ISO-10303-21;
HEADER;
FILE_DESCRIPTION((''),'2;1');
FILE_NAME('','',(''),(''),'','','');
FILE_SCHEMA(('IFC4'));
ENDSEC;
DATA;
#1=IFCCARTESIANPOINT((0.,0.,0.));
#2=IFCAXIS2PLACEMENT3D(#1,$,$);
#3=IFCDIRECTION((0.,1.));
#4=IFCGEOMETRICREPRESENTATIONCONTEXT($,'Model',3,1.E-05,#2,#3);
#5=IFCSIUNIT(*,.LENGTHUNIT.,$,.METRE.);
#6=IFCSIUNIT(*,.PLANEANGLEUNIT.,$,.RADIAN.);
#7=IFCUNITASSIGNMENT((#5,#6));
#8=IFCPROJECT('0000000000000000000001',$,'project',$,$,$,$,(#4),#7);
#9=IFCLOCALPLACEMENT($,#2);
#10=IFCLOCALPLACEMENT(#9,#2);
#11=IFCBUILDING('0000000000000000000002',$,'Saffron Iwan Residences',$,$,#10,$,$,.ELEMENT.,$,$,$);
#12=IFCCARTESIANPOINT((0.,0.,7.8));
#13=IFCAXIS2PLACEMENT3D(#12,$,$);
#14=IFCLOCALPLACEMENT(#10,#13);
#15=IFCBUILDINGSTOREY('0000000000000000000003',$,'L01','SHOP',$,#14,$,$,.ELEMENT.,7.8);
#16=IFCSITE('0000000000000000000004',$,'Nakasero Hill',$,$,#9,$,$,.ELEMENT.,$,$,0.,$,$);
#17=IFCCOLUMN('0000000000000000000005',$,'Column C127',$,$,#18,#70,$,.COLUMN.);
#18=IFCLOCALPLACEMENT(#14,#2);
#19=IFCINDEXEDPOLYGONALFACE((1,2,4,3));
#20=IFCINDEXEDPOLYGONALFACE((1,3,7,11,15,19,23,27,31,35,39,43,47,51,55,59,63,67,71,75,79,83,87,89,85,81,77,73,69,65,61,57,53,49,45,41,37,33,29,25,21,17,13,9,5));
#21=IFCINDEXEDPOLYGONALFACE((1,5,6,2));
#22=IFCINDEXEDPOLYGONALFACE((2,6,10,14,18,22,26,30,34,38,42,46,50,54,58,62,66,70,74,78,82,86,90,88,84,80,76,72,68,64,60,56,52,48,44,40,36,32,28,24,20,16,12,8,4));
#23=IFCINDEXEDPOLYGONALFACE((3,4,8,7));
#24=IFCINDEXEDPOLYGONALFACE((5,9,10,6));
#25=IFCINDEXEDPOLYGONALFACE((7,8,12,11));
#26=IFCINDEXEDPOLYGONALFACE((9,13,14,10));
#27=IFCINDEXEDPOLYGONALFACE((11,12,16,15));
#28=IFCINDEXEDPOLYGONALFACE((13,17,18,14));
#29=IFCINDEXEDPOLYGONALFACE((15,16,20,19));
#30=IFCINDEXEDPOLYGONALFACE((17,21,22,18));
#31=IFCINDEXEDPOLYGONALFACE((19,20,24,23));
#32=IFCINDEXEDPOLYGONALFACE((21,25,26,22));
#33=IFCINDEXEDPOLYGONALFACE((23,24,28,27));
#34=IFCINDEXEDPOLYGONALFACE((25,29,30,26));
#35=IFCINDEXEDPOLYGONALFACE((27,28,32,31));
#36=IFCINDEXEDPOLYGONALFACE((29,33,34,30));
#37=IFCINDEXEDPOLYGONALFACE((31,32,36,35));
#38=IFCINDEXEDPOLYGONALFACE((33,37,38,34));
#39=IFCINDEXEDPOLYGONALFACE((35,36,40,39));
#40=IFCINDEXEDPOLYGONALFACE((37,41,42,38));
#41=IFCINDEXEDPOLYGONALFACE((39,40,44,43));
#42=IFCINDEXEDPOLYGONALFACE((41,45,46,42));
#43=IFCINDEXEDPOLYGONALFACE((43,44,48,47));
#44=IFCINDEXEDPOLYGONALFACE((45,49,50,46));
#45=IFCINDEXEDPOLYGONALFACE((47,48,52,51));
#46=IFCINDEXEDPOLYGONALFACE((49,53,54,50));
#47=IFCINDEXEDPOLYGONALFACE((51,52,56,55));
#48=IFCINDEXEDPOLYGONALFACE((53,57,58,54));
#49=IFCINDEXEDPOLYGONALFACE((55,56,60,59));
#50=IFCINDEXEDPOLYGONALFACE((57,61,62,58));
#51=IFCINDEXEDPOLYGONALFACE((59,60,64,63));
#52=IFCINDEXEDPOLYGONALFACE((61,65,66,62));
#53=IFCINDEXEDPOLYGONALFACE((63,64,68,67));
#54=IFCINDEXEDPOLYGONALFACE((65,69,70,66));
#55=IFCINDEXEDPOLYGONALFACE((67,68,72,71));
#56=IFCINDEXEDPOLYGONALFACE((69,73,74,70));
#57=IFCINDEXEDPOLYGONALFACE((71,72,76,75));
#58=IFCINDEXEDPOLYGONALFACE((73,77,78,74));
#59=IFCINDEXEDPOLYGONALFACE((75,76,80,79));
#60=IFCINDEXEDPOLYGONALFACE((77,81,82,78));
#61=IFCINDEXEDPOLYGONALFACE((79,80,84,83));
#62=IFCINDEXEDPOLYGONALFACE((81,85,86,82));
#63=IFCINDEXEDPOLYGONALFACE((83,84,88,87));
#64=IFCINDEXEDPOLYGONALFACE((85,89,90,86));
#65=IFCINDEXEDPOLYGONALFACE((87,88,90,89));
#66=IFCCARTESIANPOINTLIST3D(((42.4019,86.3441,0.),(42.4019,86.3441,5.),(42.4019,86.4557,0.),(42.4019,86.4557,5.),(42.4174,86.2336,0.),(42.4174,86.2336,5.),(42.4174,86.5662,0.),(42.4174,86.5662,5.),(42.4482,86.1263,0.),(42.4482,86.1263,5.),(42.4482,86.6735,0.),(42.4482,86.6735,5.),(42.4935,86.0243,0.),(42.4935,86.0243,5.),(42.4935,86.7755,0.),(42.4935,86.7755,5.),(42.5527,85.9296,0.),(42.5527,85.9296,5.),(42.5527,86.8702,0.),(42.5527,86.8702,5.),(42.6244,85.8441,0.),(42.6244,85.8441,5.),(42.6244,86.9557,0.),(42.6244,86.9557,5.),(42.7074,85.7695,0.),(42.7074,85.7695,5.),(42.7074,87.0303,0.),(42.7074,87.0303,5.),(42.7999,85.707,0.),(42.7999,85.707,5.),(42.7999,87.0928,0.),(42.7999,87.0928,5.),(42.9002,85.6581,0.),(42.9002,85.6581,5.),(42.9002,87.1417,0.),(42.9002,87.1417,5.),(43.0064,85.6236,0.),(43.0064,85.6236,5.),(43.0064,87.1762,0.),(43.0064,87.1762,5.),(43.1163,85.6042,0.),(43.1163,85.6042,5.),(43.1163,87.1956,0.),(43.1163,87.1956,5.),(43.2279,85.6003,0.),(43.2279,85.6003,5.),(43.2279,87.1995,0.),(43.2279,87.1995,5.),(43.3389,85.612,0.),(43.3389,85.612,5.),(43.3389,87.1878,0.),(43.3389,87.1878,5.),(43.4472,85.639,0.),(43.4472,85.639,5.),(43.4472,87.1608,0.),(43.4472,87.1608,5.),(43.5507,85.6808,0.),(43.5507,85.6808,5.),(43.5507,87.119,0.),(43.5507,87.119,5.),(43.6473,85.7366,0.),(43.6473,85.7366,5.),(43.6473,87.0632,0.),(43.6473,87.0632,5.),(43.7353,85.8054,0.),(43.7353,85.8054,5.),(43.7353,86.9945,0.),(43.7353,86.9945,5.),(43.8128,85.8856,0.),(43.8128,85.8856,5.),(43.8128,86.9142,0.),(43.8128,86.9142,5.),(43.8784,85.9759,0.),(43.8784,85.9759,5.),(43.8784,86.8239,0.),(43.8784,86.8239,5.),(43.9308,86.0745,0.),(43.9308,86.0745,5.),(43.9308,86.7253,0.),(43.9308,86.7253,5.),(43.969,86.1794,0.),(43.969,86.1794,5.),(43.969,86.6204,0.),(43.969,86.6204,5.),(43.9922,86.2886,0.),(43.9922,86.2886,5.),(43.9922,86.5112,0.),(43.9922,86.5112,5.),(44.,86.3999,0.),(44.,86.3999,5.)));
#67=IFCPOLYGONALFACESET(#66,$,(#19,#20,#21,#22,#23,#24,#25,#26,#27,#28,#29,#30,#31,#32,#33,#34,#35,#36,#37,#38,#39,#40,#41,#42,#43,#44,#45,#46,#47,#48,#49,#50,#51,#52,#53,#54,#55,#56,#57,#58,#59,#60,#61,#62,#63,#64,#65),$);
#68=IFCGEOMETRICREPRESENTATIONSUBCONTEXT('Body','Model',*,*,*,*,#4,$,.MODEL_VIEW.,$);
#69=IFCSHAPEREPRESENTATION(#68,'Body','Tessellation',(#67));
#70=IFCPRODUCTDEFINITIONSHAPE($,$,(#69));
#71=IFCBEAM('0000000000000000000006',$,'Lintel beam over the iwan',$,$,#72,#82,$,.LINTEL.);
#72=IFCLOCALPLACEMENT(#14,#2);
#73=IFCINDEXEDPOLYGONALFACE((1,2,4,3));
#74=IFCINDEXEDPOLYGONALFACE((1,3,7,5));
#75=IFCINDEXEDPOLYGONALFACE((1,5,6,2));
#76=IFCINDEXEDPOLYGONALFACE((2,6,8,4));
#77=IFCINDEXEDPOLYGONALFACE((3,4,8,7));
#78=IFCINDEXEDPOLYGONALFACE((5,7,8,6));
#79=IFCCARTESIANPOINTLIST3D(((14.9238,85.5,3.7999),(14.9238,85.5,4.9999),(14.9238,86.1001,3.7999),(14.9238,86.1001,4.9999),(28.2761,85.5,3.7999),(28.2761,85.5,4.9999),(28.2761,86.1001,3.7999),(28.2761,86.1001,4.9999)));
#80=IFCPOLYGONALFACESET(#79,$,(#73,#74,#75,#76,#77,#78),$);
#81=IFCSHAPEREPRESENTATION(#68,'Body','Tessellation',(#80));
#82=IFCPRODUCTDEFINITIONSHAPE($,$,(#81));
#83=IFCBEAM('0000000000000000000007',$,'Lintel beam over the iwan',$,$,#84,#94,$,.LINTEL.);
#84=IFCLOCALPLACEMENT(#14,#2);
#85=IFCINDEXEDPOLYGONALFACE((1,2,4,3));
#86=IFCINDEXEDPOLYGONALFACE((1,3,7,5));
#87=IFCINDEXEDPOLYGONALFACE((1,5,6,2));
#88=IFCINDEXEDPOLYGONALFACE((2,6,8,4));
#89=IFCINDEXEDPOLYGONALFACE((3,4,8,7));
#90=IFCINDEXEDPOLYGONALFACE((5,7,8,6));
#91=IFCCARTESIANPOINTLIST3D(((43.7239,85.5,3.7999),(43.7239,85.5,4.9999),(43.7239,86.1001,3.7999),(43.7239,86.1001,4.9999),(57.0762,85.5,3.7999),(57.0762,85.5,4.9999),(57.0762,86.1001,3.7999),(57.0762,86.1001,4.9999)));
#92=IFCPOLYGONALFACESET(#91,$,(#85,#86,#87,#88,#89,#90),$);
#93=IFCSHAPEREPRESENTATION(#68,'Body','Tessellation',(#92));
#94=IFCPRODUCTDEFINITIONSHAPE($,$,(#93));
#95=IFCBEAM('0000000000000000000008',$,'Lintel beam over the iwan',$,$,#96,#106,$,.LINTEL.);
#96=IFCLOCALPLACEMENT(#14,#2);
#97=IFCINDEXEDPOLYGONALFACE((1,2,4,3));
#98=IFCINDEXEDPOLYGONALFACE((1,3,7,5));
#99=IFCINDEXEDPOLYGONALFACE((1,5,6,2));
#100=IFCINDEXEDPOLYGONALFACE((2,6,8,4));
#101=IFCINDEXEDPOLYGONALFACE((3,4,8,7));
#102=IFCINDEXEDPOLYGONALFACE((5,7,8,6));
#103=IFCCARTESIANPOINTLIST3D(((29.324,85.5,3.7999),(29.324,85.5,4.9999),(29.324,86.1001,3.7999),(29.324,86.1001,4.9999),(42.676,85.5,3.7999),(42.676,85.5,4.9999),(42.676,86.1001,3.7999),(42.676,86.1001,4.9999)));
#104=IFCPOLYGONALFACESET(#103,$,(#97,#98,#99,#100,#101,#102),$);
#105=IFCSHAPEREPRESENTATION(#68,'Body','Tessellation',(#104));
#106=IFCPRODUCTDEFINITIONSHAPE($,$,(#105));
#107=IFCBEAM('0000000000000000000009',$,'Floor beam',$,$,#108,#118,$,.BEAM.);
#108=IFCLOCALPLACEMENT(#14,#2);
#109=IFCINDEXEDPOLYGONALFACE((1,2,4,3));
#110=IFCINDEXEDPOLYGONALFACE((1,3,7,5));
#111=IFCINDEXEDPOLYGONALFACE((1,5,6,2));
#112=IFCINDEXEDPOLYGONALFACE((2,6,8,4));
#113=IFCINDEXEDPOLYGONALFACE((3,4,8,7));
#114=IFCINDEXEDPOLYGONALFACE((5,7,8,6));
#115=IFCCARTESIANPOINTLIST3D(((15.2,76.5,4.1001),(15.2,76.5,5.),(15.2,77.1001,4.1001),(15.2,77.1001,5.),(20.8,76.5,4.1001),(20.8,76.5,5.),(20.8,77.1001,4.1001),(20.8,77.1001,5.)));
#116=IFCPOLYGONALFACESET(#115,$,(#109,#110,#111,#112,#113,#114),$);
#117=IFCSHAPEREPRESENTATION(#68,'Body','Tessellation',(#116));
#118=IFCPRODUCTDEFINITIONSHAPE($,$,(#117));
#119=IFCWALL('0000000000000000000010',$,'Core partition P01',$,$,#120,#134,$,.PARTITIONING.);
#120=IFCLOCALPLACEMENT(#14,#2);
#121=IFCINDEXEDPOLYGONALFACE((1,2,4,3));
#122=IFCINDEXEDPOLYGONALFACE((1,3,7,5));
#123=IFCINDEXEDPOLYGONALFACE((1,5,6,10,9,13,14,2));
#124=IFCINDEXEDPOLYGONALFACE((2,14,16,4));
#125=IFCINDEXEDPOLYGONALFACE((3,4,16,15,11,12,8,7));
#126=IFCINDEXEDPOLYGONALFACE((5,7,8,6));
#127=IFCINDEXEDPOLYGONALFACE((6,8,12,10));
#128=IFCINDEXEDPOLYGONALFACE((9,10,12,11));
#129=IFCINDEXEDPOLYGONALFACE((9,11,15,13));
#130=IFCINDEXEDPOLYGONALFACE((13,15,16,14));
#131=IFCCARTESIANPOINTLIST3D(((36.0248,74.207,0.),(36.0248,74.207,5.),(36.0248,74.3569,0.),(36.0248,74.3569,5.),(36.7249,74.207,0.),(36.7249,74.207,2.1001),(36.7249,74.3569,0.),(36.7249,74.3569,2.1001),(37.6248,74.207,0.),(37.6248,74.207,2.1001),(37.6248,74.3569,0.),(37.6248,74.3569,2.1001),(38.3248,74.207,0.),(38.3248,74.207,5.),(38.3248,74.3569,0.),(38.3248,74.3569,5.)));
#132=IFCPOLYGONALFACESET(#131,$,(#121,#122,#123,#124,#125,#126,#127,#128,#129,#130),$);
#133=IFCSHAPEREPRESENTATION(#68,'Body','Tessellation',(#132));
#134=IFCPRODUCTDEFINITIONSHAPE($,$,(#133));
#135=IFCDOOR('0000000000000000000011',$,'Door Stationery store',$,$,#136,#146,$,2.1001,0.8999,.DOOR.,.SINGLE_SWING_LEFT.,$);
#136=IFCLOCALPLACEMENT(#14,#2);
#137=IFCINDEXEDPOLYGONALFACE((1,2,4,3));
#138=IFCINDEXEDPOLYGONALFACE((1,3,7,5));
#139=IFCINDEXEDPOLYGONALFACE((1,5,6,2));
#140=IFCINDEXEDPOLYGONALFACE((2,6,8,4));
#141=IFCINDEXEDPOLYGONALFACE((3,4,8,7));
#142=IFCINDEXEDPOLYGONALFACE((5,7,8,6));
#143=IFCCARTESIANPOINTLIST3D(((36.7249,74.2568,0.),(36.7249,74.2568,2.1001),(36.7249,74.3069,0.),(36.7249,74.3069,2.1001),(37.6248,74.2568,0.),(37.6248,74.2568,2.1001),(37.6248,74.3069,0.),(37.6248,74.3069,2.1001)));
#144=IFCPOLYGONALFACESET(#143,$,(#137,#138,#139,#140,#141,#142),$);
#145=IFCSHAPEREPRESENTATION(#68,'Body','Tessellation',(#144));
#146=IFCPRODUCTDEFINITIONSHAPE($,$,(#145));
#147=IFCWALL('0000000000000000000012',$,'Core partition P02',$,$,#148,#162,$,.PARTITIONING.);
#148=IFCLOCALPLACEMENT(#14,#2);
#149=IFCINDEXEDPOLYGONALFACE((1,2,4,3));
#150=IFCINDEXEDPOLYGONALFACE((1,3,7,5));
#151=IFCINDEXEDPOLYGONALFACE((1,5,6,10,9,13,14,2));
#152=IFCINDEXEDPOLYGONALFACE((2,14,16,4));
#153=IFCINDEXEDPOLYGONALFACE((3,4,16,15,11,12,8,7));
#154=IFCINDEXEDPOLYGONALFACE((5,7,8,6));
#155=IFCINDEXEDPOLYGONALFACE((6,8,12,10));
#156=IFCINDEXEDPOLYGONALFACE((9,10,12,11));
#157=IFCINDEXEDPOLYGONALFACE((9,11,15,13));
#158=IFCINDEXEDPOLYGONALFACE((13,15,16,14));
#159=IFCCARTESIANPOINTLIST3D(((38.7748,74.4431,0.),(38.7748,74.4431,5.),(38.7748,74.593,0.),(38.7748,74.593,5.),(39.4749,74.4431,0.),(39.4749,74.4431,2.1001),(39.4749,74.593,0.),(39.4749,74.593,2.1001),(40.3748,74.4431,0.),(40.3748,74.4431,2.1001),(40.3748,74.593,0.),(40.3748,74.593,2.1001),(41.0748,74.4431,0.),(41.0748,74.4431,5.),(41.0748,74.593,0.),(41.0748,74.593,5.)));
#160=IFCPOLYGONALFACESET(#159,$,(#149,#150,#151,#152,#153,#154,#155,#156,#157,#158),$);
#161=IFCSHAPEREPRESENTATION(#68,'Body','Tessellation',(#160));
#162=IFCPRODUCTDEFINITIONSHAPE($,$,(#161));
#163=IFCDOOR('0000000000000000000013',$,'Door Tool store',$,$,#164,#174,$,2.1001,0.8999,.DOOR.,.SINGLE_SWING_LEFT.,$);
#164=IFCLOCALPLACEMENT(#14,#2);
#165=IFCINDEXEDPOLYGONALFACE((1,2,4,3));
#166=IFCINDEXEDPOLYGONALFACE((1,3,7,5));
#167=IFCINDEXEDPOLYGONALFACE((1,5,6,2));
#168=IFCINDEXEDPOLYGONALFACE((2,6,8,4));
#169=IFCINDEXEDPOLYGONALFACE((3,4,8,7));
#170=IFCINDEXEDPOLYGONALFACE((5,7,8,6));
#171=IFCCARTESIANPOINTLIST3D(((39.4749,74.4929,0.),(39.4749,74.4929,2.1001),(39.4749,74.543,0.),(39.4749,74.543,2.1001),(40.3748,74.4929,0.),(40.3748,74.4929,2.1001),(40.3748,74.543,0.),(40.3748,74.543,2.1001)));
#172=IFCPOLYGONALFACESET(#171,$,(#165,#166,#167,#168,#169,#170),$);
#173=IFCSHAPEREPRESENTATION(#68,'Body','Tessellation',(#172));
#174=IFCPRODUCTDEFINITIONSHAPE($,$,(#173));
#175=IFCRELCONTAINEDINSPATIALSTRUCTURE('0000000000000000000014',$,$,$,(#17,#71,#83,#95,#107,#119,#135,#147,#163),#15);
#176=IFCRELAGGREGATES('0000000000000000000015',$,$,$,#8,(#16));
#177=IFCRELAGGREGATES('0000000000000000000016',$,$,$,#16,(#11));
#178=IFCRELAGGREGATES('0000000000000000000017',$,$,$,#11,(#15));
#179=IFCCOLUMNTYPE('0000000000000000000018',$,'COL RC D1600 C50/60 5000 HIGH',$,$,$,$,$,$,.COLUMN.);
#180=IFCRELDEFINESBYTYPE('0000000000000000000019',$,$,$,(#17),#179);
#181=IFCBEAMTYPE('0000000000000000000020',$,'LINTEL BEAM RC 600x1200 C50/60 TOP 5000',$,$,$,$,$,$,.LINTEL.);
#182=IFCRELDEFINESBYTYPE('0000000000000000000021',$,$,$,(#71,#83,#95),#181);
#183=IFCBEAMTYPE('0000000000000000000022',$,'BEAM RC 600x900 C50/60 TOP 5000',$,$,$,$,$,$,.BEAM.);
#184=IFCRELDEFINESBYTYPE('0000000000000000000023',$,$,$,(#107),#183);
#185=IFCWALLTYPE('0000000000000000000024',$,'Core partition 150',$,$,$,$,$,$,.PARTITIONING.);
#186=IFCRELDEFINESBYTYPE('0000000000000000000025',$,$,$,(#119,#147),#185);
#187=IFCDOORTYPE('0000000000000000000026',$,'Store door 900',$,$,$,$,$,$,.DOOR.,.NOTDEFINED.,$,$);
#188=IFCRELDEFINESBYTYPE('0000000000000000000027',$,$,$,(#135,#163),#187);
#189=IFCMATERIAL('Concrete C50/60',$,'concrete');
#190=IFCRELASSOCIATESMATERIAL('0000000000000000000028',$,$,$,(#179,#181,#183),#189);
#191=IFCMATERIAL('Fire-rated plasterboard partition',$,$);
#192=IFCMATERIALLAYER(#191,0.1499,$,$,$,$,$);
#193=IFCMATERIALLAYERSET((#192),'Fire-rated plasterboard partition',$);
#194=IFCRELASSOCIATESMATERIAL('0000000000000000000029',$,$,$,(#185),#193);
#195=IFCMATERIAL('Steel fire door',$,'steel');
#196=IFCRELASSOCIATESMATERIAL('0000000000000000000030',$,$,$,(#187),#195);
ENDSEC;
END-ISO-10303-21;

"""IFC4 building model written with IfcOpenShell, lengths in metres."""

from ifc_helpers import new_model, si_unit, direction, frame, frame_2d, origin, origin_2d, place, context, subcontext, project, spatial, rectangle, circle, extrude, source, transform, mapped, material, layer, layer_set, material_profile, profile_set, type_object, element, fill, save


model = new_model("IFC4")

# Units and contexts
model_context = context("Model", 3, precision=1e-05, world=origin(), true_north=direction((0.0, 1.0)))
body_context = subcontext(model_context, "Body", "Model", "MODEL_VIEW")
ifc_project = project(units=[si_unit("LENGTHUNIT", "METRE"), si_unit("PLANEANGLEUNIT", "RADIAN")], contexts=[model_context])

# Site, building, storey
site_placement = place(None, origin())
site = spatial("IfcSite", under=ifc_project, at=site_placement, Name="Nakasero Hill", CompositionType="ELEMENT", RefElevation=0.0)
building_placement = place(site_placement, origin())
building = spatial("IfcBuilding", under=site, at=building_placement, Name="Saffron Iwan Residences", CompositionType="ELEMENT")
storey_placement = place(building_placement, frame((0.0, 0.0, 7.8)))
storey = spatial("IfcBuildingStorey", under=building, at=storey_placement, Name="L01", Description="SHOP", CompositionType="ELEMENT", Elevation=7.8)

# Column
ifc_material_1 = material(Name="Concrete C50/60", Category="concrete")
ifc_material_profile_1 = material_profile(ifc_material_1, circle(Radius=0.8, at=origin_2d()), Name="RC D1600")
ifc_profile_set_1 = profile_set([ifc_material_profile_1], Name="Concrete C50/60")
column_type = type_object("IfcColumnType", Name="COL RC D1600 C50/60 5000 HIGH", PredefinedType="COLUMN", material=ifc_profile_set_1)
shared_shape_1 = source(origin(), body_context, "Body", "SweptSolid", [
    extrude(circle(Radius=0.8, at=origin_2d()), origin(), (0.0, 0.0, 1.0), 5.0),
])
for number, where, z_axis, x_axis, name in (
    (1, (43.2, 86.3999, 0.0), (0.0, 0.0, 1.0), (1.0, 0.0, 0.0), "Column C127"),
):
    element("IfcColumn", number, at=place(storey_placement, frame(where, z_axis=z_axis, x_axis=x_axis)), inside=storey, type_object=column_type, Name=name, PredefinedType="COLUMN", context=body_context, shape_type="MappedRepresentation", body=[
        mapped(shared_shape_1, transform((0.0, 0.0, 0.0))),
    ])

# Beams
ifc_material_profile_2 = material_profile(ifc_material_1, rectangle(XDim=0.6001, YDim=1.2, at=origin_2d()), Name="RC 600x1200")
ifc_profile_set_2 = profile_set([ifc_material_profile_2], Name="Concrete C50/60")
beam_type_1 = type_object("IfcBeamType", Name="LINTEL BEAM RC 600x1200 C50/60 TOP 5000", PredefinedType="LINTEL", material=ifc_profile_set_2)
shared_shape_2 = source(origin(), body_context, "Body", "SweptSolid", [
    extrude(rectangle(XDim=0.6001, YDim=1.2, at=origin_2d()), origin(), (0.0, 0.0, 1.0), 13.3523),
])
for number, where, z_axis, x_axis, name in (
    (2, (14.9238, 85.8, 4.3999), (1.0, 0.0, 0.0), (0.0, 1.0, 0.0), "Lintel beam over the iwan"),
    (3, (43.7239, 85.8, 4.3999), (1.0, 0.0, 0.0), (0.0, 1.0, 0.0), "Lintel beam over the iwan"),
):
    element("IfcBeam", number, at=place(storey_placement, frame(where, z_axis=z_axis, x_axis=x_axis)), inside=storey, type_object=beam_type_1, Name=name, PredefinedType="LINTEL", context=body_context, shape_type="MappedRepresentation", body=[
        mapped(shared_shape_2, transform((0.0, 0.0, 0.0))),
    ])
shared_shape_3 = source(origin(), body_context, "Body", "SweptSolid", [
    extrude(rectangle(XDim=0.6001, YDim=1.2, at=origin_2d()), origin(), (0.0, 0.0, 1.0), 13.3521),
])
beam_1_placement = place(storey_placement, frame((29.324, 85.8, 4.3999), z_axis=(1.0, 0.0, 0.0), x_axis=(0.0, 1.0, 0.0)))
element("IfcBeam", 4, at=beam_1_placement, inside=storey, type_object=beam_type_1, Name="Lintel beam over the iwan", PredefinedType="LINTEL", context=body_context, shape_type="MappedRepresentation", body=[
    mapped(shared_shape_3, transform((0.0, 0.0, 0.0))),
])
ifc_material_profile_3 = material_profile(ifc_material_1, rectangle(XDim=0.6001, YDim=0.8999, at=origin_2d()), Name="RC 600x900")
ifc_profile_set_3 = profile_set([ifc_material_profile_3], Name="Concrete C50/60")
beam_type_2 = type_object("IfcBeamType", Name="BEAM RC 600x900 C50/60 TOP 5000", PredefinedType="BEAM", material=ifc_profile_set_3)
shared_shape_4 = source(origin(), body_context, "Body", "SweptSolid", [
    extrude(rectangle(XDim=0.6001, YDim=0.8999, at=origin_2d()), origin(), (0.0, 0.0, 1.0), 5.6001),
])
beam_2_placement = place(storey_placement, frame((15.2, 76.8, 4.55), z_axis=(1.0, 0.0, 0.0), x_axis=(0.0, 1.0, 0.0)))
element("IfcBeam", 5, at=beam_2_placement, inside=storey, type_object=beam_type_2, Name="Floor beam", PredefinedType="BEAM", context=body_context, shape_type="MappedRepresentation", body=[
    mapped(shared_shape_4, transform((0.0, 0.0, 0.0))),
])

# Walls, openings, doors
ifc_material_2 = material(Name="Fire-rated plasterboard partition")
ifc_layer_1 = layer(ifc_material_2, 0.1499)
ifc_layer_set_1 = layer_set([ifc_layer_1], Name="Fire-rated plasterboard partition")
wall_type_1 = type_object("IfcWallType", Name="Core partition 150", PredefinedType="PARTITIONING", material=ifc_layer_set_1)
wall_1_placement = place(storey_placement, frame((36.0249, 74.282, 0.0), z_axis=(0.0, 0.0, 1.0), x_axis=(1.0, 0.0, 0.0)))
wall_1 = element("IfcWall", 6, at=wall_1_placement, inside=storey, type_object=wall_type_1, Name="Core partition P01", PredefinedType="PARTITIONING", context=body_context, shape_type="SweptSolid", body=[
    extrude(rectangle(XDim=2.3, YDim=0.1499, at=frame_2d((1.1499, 0.0))), origin(), (0.0, 0.0, 1.0), 5.0),
])
opening_1_placement = place(wall_1_placement, frame((0.7, 0.0, 0.0)))
opening_1 = element("IfcOpeningElement", 7, at=opening_1_placement, cuts=wall_1, PredefinedType="OPENING", context=body_context, shape_type="SweptSolid", body=[
    extrude(rectangle(XDim=0.8999, YDim=2.1001, at=frame_2d((0.45, 1.05))), frame((0.0, 0.085, 0.0), z_axis=(0.0, -1.0, 0.0), x_axis=(1.0, 0.0, 0.0)), (0.0, 0.0, 1.0), 0.1699),
])
ifc_material_3 = material(Name="Steel fire door", Category="steel")
door_type = type_object("IfcDoorType", Name="Store door 900", OperationType="NOTDEFINED", PredefinedType="DOOR", material=ifc_material_3)
door_1_placement = place(opening_1_placement, origin())
door_1 = element("IfcDoor", 8, at=door_1_placement, inside=storey, type_object=door_type, Name="Door Stationery store", OperationType="SINGLE_SWING_LEFT", OverallHeight=2.1001, OverallWidth=0.8999, PredefinedType="DOOR", context=body_context, shape_type="SweptSolid", body=[
    extrude(rectangle(XDim=0.8999, YDim=2.1001, at=frame_2d((0.45, 1.05))), frame((0.0, 0.0249, 0.0), z_axis=(0.0, -1.0, 0.0), x_axis=(1.0, 0.0, 0.0)), (0.0, 0.0, 1.0), 0.05),
])
fill(opening_1, door_1)
wall_2_placement = place(storey_placement, frame((38.7749, 74.5181, 0.0), z_axis=(0.0, 0.0, 1.0), x_axis=(1.0, 0.0, 0.0)))
wall_2 = element("IfcWall", 9, at=wall_2_placement, inside=storey, type_object=wall_type_1, Name="Core partition P02", PredefinedType="PARTITIONING", context=body_context, shape_type="SweptSolid", body=[
    extrude(rectangle(XDim=2.3, YDim=0.1499, at=frame_2d((1.1499, 0.0))), origin(), (0.0, 0.0, 1.0), 5.0),
])
opening_2_placement = place(wall_2_placement, frame((0.7, 0.0, 0.0)))
opening_2 = element("IfcOpeningElement", 10, at=opening_2_placement, cuts=wall_2, PredefinedType="OPENING", context=body_context, shape_type="SweptSolid", body=[
    extrude(rectangle(XDim=0.8999, YDim=2.1001, at=frame_2d((0.45, 1.05))), frame((0.0, 0.085, 0.0), z_axis=(0.0, -1.0, 0.0), x_axis=(1.0, 0.0, 0.0)), (0.0, 0.0, 1.0), 0.1699),
])
door_2_placement = place(opening_2_placement, origin())
door_2 = element("IfcDoor", 11, at=door_2_placement, inside=storey, type_object=door_type, Name="Door Tool store", OperationType="SINGLE_SWING_LEFT", OverallHeight=2.1001, OverallWidth=0.8999, PredefinedType="DOOR", context=body_context, shape_type="SweptSolid", body=[
    extrude(rectangle(XDim=0.8999, YDim=2.1001, at=frame_2d((0.45, 1.05))), frame((0.0, 0.0249, 0.0), z_axis=(0.0, -1.0, 0.0), x_axis=(1.0, 0.0, 0.0)), (0.0, 0.0, 1.0), 0.05),
])
fill(opening_2, door_2)

save(model, "model.ifc")
